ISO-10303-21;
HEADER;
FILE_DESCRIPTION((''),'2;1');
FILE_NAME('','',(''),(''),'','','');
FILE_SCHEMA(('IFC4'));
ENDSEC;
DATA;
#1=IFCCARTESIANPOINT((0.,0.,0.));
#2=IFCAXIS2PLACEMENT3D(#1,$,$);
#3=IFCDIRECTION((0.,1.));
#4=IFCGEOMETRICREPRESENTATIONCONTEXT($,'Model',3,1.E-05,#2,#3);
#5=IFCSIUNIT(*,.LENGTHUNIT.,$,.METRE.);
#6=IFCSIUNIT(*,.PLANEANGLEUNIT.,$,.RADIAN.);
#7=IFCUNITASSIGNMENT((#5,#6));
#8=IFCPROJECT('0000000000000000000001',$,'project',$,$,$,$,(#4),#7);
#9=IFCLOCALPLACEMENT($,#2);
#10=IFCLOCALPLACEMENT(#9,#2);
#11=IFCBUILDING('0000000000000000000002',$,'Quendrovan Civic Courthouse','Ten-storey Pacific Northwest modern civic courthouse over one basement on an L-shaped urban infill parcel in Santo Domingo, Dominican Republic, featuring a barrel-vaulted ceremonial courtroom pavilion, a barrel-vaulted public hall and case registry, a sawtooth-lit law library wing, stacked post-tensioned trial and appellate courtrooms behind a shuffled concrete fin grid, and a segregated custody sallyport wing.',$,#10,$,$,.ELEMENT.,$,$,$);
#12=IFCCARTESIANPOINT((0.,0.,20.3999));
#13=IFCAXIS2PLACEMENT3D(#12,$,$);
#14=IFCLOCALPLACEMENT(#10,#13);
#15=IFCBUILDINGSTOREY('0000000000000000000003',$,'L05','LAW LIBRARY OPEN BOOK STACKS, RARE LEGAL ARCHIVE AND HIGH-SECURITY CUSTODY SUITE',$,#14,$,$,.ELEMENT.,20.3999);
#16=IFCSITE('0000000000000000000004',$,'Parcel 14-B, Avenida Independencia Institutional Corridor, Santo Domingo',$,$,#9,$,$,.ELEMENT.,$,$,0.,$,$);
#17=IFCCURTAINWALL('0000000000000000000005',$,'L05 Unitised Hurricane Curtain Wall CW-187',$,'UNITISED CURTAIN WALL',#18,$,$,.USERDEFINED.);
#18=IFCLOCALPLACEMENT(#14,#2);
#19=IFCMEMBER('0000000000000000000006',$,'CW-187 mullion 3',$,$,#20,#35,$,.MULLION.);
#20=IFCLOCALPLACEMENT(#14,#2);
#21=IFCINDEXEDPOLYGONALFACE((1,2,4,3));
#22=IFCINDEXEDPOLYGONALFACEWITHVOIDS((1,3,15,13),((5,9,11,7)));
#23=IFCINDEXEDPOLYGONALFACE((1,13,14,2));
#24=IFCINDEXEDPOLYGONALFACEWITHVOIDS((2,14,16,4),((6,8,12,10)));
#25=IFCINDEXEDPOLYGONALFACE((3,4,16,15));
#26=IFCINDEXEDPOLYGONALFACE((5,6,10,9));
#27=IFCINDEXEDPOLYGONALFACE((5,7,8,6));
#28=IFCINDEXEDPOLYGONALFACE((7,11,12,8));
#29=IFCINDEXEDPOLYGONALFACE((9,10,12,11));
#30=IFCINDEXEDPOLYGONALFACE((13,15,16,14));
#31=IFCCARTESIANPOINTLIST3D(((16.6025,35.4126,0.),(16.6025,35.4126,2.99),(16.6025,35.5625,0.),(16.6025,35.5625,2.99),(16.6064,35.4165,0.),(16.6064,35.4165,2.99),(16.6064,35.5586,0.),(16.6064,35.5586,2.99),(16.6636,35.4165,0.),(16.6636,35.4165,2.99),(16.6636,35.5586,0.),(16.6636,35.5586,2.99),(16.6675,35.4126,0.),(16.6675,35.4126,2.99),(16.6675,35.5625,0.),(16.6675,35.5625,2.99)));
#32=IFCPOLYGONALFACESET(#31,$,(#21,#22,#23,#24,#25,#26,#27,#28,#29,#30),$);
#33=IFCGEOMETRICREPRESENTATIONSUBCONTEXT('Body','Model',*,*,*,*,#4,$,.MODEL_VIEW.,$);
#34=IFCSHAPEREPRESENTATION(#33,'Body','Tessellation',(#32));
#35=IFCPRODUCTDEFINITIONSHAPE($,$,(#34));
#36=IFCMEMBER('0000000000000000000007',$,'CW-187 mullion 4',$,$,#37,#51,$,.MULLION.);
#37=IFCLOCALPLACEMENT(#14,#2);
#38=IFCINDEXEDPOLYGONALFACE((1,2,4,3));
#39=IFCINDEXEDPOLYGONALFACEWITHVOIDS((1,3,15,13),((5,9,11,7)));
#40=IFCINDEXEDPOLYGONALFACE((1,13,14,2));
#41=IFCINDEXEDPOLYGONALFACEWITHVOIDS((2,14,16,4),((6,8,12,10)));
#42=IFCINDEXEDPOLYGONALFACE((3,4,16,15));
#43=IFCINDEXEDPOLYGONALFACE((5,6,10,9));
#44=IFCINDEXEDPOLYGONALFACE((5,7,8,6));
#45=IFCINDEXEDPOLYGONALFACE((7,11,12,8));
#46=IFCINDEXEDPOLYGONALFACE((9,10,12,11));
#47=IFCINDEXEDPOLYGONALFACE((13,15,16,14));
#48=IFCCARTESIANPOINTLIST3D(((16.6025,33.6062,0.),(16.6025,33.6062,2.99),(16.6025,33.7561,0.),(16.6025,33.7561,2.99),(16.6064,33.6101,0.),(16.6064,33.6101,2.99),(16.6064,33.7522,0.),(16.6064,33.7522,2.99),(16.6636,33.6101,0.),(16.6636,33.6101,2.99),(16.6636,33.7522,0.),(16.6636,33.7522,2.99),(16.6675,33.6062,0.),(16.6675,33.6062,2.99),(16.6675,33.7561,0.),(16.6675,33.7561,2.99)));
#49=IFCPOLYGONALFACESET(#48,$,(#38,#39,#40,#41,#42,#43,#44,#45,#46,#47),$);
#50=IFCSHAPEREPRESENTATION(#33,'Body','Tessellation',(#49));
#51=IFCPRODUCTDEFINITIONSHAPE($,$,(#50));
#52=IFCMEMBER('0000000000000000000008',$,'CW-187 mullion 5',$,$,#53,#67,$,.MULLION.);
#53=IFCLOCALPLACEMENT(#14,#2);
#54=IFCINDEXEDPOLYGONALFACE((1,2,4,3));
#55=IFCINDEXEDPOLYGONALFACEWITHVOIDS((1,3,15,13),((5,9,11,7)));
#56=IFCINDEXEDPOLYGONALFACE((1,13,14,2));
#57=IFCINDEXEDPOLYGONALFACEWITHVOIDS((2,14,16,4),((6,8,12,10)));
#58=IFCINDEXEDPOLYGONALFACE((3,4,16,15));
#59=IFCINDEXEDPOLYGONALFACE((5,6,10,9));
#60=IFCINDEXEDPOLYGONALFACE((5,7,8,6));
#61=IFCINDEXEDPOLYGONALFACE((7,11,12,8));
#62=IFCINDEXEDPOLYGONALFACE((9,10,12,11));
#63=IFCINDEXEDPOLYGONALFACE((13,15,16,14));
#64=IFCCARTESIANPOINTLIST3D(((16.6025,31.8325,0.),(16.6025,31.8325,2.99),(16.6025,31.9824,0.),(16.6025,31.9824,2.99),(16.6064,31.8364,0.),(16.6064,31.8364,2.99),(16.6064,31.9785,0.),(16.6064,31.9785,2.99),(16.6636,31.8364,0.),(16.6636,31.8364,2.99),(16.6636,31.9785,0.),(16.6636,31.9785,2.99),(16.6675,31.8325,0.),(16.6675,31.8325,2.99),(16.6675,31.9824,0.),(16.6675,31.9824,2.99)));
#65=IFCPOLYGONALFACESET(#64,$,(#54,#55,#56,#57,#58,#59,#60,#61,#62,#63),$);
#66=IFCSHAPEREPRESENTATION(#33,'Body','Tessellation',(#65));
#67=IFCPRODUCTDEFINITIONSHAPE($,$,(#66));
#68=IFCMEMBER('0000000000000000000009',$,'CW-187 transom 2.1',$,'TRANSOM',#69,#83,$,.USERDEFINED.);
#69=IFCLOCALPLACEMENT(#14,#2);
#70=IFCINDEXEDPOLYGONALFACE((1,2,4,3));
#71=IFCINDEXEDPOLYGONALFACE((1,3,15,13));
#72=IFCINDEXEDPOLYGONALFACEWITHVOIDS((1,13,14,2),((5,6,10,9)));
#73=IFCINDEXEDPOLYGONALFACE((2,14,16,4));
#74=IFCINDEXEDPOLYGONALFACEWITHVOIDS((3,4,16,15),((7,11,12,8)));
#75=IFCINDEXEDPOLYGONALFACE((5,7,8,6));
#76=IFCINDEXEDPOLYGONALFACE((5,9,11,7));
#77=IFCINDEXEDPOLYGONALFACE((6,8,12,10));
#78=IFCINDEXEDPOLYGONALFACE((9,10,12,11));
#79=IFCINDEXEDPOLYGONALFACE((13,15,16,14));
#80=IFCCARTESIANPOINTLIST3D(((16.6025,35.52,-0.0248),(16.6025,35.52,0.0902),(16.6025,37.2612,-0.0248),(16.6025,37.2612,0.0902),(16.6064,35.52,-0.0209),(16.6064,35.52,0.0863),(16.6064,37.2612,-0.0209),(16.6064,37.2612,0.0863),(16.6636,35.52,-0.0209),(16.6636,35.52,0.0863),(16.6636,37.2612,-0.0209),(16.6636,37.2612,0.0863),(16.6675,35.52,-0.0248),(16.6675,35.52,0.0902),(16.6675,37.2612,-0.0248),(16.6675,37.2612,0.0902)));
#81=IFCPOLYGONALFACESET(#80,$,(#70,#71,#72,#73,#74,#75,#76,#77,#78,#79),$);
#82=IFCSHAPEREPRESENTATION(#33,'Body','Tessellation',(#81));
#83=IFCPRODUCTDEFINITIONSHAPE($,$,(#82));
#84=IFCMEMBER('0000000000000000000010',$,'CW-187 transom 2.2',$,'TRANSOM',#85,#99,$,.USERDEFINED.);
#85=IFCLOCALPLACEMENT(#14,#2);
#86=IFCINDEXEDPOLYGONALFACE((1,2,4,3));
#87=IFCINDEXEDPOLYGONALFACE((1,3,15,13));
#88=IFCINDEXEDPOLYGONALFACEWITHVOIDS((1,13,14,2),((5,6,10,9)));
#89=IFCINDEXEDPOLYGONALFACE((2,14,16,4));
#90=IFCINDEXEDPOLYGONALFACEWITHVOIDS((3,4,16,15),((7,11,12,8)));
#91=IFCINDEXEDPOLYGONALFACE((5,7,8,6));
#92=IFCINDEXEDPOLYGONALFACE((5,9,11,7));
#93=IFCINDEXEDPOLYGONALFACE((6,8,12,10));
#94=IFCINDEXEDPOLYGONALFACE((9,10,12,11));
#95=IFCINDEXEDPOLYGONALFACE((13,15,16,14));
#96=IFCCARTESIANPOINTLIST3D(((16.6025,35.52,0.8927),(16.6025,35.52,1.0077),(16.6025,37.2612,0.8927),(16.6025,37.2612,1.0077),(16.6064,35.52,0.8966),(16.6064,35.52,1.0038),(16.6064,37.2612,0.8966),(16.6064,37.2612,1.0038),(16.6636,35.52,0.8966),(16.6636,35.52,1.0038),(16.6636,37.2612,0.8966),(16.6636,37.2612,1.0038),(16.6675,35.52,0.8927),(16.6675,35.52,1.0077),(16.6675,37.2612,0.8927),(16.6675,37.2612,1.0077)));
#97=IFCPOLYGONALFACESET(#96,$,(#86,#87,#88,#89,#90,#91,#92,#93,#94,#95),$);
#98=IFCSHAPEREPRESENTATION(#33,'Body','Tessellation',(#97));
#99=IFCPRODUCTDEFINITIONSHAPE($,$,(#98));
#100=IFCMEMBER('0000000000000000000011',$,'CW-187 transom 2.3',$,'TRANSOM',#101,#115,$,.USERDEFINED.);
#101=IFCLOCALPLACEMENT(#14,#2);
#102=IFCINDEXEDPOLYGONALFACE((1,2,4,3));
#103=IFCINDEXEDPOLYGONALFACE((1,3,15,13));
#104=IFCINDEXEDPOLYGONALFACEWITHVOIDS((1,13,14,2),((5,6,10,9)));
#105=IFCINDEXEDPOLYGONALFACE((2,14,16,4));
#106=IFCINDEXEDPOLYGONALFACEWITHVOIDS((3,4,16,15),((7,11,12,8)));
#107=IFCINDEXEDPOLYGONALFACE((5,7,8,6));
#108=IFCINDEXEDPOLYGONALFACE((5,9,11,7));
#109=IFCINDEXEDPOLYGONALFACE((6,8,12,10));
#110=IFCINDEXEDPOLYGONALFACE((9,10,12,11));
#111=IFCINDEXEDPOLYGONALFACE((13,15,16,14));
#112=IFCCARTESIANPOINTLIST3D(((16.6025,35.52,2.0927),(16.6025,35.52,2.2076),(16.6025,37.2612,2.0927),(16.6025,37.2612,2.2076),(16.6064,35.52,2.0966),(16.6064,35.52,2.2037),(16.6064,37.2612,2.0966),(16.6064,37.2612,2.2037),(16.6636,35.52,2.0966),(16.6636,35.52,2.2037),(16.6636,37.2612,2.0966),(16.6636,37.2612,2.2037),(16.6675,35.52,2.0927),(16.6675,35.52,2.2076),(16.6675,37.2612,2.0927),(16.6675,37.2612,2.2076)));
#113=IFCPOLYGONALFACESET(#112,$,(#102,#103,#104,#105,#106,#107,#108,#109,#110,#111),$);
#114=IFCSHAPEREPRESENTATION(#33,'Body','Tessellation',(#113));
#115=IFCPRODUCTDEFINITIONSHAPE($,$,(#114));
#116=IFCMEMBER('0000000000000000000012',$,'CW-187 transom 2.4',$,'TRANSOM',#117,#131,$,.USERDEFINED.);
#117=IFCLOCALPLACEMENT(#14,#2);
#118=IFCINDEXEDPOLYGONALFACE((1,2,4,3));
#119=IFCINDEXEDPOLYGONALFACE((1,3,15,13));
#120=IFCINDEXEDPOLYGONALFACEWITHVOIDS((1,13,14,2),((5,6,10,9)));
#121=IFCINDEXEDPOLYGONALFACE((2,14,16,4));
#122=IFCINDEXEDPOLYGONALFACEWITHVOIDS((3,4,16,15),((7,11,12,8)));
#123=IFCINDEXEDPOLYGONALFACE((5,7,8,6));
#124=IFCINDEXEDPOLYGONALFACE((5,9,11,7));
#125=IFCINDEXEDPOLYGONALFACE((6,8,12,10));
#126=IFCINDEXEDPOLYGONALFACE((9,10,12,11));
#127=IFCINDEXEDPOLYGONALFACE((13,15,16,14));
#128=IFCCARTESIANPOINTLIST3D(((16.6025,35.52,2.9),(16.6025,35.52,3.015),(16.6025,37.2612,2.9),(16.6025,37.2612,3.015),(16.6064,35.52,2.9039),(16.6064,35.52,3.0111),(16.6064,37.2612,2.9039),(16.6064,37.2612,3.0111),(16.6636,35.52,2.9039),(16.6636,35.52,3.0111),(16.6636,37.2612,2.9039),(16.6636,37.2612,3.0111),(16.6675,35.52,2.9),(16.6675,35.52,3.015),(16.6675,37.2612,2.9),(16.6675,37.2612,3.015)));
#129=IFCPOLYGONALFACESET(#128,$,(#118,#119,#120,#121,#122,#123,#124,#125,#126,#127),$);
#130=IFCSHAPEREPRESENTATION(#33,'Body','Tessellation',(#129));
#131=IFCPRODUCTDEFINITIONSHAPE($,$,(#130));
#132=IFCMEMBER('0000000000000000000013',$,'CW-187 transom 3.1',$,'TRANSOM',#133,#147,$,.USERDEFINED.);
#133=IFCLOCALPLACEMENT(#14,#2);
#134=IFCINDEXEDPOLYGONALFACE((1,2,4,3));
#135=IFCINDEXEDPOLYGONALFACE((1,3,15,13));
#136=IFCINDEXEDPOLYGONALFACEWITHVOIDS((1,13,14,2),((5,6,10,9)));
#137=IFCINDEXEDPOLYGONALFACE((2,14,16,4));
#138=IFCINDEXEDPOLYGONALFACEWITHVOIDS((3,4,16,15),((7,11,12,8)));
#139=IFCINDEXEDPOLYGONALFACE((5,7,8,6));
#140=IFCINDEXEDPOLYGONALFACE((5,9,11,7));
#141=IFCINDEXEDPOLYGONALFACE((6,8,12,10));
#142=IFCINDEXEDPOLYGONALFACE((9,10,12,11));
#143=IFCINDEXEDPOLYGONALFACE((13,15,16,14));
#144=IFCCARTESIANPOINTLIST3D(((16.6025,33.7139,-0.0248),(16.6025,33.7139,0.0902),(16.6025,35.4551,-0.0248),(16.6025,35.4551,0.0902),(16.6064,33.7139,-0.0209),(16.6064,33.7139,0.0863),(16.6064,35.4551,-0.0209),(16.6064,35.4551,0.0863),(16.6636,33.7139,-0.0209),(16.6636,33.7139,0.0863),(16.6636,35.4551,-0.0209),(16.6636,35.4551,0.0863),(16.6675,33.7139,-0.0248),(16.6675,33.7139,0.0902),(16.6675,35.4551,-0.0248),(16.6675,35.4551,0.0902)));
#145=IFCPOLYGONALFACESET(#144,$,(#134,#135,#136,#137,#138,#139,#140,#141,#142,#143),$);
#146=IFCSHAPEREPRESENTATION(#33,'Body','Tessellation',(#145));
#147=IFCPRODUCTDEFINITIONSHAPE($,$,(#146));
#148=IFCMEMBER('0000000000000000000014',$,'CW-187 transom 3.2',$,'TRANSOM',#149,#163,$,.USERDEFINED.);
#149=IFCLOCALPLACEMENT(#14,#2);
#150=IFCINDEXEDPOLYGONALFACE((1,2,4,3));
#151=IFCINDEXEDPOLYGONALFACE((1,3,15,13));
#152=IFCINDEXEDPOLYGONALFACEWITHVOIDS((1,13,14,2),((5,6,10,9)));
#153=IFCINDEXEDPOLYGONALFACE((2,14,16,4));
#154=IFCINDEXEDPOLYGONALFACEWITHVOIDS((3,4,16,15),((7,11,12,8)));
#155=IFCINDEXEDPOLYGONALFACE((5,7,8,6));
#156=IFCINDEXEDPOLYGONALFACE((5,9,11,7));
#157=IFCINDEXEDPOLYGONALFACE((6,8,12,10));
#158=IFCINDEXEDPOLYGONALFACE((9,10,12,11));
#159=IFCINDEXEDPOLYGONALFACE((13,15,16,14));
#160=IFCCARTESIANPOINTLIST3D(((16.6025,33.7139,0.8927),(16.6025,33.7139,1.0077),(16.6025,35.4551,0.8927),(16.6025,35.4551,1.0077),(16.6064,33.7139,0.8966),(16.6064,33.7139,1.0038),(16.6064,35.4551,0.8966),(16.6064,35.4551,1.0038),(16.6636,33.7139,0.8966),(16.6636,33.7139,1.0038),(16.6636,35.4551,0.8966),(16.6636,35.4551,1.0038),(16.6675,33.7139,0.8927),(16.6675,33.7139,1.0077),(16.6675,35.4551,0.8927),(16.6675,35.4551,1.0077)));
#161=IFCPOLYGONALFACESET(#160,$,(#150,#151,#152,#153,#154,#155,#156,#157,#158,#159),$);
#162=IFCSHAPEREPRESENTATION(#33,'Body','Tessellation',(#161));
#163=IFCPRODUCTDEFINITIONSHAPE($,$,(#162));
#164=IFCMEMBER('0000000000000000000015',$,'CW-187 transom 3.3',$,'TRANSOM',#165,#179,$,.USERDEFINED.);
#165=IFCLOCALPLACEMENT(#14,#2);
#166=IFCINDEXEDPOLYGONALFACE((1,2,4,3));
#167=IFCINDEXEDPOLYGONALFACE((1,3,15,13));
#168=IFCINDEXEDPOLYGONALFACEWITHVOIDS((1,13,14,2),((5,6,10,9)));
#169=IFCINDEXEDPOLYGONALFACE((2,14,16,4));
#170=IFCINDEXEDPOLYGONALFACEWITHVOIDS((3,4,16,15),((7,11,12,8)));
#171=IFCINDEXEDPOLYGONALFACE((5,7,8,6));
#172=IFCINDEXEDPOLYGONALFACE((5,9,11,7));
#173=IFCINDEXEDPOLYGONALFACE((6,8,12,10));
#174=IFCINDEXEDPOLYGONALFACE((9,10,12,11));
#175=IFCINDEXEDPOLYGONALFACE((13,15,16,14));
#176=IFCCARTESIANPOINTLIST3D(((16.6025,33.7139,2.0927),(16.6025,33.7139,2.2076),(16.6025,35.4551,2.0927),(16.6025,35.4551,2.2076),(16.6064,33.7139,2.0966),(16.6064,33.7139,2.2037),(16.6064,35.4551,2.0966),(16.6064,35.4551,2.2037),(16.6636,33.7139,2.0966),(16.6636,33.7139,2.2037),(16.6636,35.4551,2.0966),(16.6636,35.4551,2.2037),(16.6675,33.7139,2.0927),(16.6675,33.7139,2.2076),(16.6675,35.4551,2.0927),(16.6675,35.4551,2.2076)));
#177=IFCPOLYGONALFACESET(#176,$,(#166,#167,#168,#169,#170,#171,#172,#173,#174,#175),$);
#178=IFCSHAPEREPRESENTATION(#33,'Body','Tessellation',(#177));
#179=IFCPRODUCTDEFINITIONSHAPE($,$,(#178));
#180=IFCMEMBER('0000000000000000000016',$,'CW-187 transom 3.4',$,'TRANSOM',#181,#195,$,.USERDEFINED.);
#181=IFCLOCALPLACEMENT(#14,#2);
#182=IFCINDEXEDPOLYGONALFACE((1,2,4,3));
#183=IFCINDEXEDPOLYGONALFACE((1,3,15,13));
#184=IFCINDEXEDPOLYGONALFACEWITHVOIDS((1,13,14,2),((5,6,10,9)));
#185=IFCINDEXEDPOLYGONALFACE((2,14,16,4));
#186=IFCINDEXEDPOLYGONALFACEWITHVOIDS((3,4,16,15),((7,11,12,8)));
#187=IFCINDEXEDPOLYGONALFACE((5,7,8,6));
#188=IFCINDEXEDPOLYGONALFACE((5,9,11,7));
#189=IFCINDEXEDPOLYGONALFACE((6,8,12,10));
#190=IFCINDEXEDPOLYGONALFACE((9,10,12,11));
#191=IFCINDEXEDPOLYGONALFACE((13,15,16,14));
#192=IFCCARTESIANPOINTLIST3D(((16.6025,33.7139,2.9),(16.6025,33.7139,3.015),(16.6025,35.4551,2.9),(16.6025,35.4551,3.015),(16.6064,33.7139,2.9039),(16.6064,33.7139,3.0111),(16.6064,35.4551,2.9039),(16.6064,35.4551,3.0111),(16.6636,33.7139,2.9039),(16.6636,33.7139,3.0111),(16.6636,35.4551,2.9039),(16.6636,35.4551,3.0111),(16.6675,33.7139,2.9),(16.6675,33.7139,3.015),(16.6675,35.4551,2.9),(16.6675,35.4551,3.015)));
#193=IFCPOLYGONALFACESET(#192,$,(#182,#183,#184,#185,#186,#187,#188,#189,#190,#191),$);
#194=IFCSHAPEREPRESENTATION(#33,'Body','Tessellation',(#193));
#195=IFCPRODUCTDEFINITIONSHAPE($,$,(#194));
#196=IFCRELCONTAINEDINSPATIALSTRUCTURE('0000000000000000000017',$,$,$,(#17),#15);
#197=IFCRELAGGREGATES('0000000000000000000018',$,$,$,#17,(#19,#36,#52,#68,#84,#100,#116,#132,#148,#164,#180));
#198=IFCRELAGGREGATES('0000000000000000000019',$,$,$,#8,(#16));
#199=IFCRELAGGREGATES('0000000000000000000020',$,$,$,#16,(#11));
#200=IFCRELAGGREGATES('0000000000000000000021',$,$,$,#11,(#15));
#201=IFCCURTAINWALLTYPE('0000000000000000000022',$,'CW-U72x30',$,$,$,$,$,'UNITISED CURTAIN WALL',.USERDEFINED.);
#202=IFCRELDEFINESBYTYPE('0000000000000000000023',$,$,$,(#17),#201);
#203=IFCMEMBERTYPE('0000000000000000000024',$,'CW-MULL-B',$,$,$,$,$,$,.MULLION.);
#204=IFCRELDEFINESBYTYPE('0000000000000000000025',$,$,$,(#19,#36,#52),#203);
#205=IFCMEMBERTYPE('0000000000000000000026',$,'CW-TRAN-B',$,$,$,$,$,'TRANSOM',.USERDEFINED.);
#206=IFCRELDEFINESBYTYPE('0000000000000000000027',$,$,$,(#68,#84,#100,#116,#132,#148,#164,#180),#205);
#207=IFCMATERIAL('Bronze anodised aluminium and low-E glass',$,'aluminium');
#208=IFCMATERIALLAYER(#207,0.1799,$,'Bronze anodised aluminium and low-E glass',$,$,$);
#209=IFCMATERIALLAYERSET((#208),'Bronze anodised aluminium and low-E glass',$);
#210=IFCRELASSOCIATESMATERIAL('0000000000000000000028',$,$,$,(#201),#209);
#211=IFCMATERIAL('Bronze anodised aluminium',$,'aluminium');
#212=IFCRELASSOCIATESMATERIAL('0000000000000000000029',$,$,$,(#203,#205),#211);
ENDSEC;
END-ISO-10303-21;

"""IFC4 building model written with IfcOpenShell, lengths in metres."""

from ifc_helpers import new_model, si_unit, direction, frame, origin, origin_2d, place, context, subcontext, project, spatial, hollow_rectangle, extrude, material, layer, layer_set, material_profile, profile_set, type_object, element, aggregate, save


model = new_model("IFC4")

# Units and contexts
model_context = context("Model", 3, precision=1e-05, world=origin(), true_north=direction((0.0, 1.0)))
body_context = subcontext(model_context, "Body", "Model", "MODEL_VIEW")
ifc_project = project(units=[si_unit("LENGTHUNIT", "METRE"), si_unit("PLANEANGLEUNIT", "RADIAN")], contexts=[model_context])

# Site, building, storey
site_placement = place(None, origin())
site = spatial("IfcSite", under=ifc_project, at=site_placement, Name="Parcel 14-B, Avenida Independencia Institutional Corridor, Santo Domingo", CompositionType="ELEMENT", RefElevation=0.0)
building_placement = place(site_placement, origin())
building = spatial("IfcBuilding", under=site, at=building_placement, Name="Quendrovan Civic Courthouse", Description="Ten-storey Pacific Northwest modern civic courthouse over one basement on an L-shaped urban infill parcel in Santo Domingo, Dominican Republic, featuring a barrel-vaulted ceremonial courtroom pavilion, a barrel-vaulted public hall and case registry, a sawtooth-lit law library wing, stacked post-tensioned trial and appellate courtrooms behind a shuffled concrete fin grid, and a segregated custody sallyport wing.", CompositionType="ELEMENT")
storey_placement = place(building_placement, frame((0.0, 0.0, 20.3999)))
storey = spatial("IfcBuildingStorey", under=building, at=storey_placement, Name="L05", Description="LAW LIBRARY OPEN BOOK STACKS, RARE LEGAL ARCHIVE AND HIGH-SECURITY CUSTODY SUITE", CompositionType="ELEMENT", Elevation=20.3999)

# Curtain wall, members
ifc_material_1 = material(Name="Bronze anodised aluminium and low-E glass", Category="aluminium")
ifc_layer_1 = layer(ifc_material_1, 0.1799, Name="Bronze anodised aluminium and low-E glass")
ifc_layer_set_1 = layer_set([ifc_layer_1], Name="Bronze anodised aluminium and low-E glass")
curtain_wall_type = type_object("IfcCurtainWallType", Name="CW-U72x30", ElementType="UNITISED CURTAIN WALL", PredefinedType="USERDEFINED", material=ifc_layer_set_1)
curtain_wall_placement = place(storey_placement, origin())
curtain_wall = element("IfcCurtainWall", 1, at=curtain_wall_placement, inside=storey, type_object=curtain_wall_type, Name="L05 Unitised Hurricane Curtain Wall CW-187", ObjectType="UNITISED CURTAIN WALL", PredefinedType="USERDEFINED")
ifc_material_2 = material(Name="Bronze anodised aluminium", Category="aluminium")
ifc_material_profile_1 = material_profile(ifc_material_2, hollow_rectangle(XDim=0.0649, YDim=0.1499, WallThickness=0.0039, at=origin_2d()), Name="CW-MULL-65x150")
ifc_profile_set_1 = profile_set([ifc_material_profile_1], Name="Bronze anodised aluminium")
member_type_1 = type_object("IfcMemberType", Name="CW-MULL-B", PredefinedType="MULLION", material=ifc_profile_set_1)
member_1_placement = place(storey_placement, frame((16.635, 35.4875, 0.0), z_axis=(0.0, 0.0, 1.0), x_axis=(1.0, 0.0, 0.0)))
member_1 = element("IfcMember", 2, at=member_1_placement, type_object=member_type_1, Name="CW-187 mullion 3", PredefinedType="MULLION", context=body_context, shape_type="SweptSolid", body=[
    extrude(hollow_rectangle(XDim=0.0649, YDim=0.1499, WallThickness=0.0039, at=origin_2d()), origin(), (0.0, 0.0, 1.0), 2.99),
])
member_2_placement = place(storey_placement, frame((16.635, 33.6812, 0.0), z_axis=(0.0, 0.0, 1.0), x_axis=(1.0, 0.0, 0.0)))
member_2 = element("IfcMember", 3, at=member_2_placement, type_object=member_type_1, Name="CW-187 mullion 4", PredefinedType="MULLION", context=body_context, shape_type="SweptSolid", body=[
    extrude(hollow_rectangle(XDim=0.0649, YDim=0.1499, WallThickness=0.0039, at=origin_2d()), origin(), (0.0, 0.0, 1.0), 2.99),
])
member_3_placement = place(storey_placement, frame((16.635, 31.9075, 0.0), z_axis=(0.0, 0.0, 1.0), x_axis=(1.0, 0.0, 0.0)))
member_3 = element("IfcMember", 4, at=member_3_placement, type_object=member_type_1, Name="CW-187 mullion 5", PredefinedType="MULLION", context=body_context, shape_type="SweptSolid", body=[
    extrude(hollow_rectangle(XDim=0.0649, YDim=0.1499, WallThickness=0.0039, at=origin_2d()), origin(), (0.0, 0.0, 1.0), 2.99),
])
ifc_material_profile_2 = material_profile(ifc_material_2, hollow_rectangle(XDim=0.0649, YDim=0.115, WallThickness=0.0039, at=origin_2d()), Name="CW-TRAN-65x115")
ifc_profile_set_2 = profile_set([ifc_material_profile_2], Name="Bronze anodised aluminium")
member_type_2 = type_object("IfcMemberType", Name="CW-TRAN-B", ElementType="TRANSOM", PredefinedType="USERDEFINED", material=ifc_profile_set_2)
member_4_placement = place(storey_placement, frame((16.635, 37.2612, 0.0327), z_axis=(0.0, -1.0, 0.0), x_axis=(1.0, 0.0, 0.0)))
member_4 = element("IfcMember", 5, at=member_4_placement, type_object=member_type_2, Name="CW-187 transom 2.1", ObjectType="TRANSOM", PredefinedType="USERDEFINED", context=body_context, shape_type="SweptSolid", body=[
    extrude(hollow_rectangle(XDim=0.0649, YDim=0.115, WallThickness=0.0039, at=origin_2d()), origin(), (0.0, 0.0, 1.0), 1.7412),
])
member_5_placement = place(storey_placement, frame((16.635, 37.2612, 0.9502), z_axis=(0.0, -1.0, 0.0), x_axis=(1.0, 0.0, 0.0)))
member_5 = element("IfcMember", 6, at=member_5_placement, type_object=member_type_2, Name="CW-187 transom 2.2", ObjectType="TRANSOM", PredefinedType="USERDEFINED", context=body_context, shape_type="SweptSolid", body=[
    extrude(hollow_rectangle(XDim=0.0649, YDim=0.115, WallThickness=0.0039, at=origin_2d()), origin(), (0.0, 0.0, 1.0), 1.7412),
])
member_6_placement = place(storey_placement, frame((16.635, 37.2612, 2.1501), z_axis=(0.0, -1.0, 0.0), x_axis=(1.0, 0.0, 0.0)))
member_6 = element("IfcMember", 7, at=member_6_placement, type_object=member_type_2, Name="CW-187 transom 2.3", ObjectType="TRANSOM", PredefinedType="USERDEFINED", context=body_context, shape_type="SweptSolid", body=[
    extrude(hollow_rectangle(XDim=0.0649, YDim=0.115, WallThickness=0.0039, at=origin_2d()), origin(), (0.0, 0.0, 1.0), 1.7412),
])
member_7_placement = place(storey_placement, frame((16.635, 37.2612, 2.9575), z_axis=(0.0, -1.0, 0.0), x_axis=(1.0, 0.0, 0.0)))
member_7 = element("IfcMember", 8, at=member_7_placement, type_object=member_type_2, Name="CW-187 transom 2.4", ObjectType="TRANSOM", PredefinedType="USERDEFINED", context=body_context, shape_type="SweptSolid", body=[
    extrude(hollow_rectangle(XDim=0.0649, YDim=0.115, WallThickness=0.0039, at=origin_2d()), origin(), (0.0, 0.0, 1.0), 1.7412),
])
member_8_placement = place(storey_placement, frame((16.635, 35.4551, 0.0327), z_axis=(0.0, -1.0, 0.0), x_axis=(1.0, 0.0, 0.0)))
member_8 = element("IfcMember", 9, at=member_8_placement, type_object=member_type_2, Name="CW-187 transom 3.1", ObjectType="TRANSOM", PredefinedType="USERDEFINED", context=body_context, shape_type="SweptSolid", body=[
    extrude(hollow_rectangle(XDim=0.0649, YDim=0.115, WallThickness=0.0039, at=origin_2d()), origin(), (0.0, 0.0, 1.0), 1.7412),
])
member_9_placement = place(storey_placement, frame((16.635, 35.4551, 0.9502), z_axis=(0.0, -1.0, 0.0), x_axis=(1.0, 0.0, 0.0)))
member_9 = element("IfcMember", 10, at=member_9_placement, type_object=member_type_2, Name="CW-187 transom 3.2", ObjectType="TRANSOM", PredefinedType="USERDEFINED", context=body_context, shape_type="SweptSolid", body=[
    extrude(hollow_rectangle(XDim=0.0649, YDim=0.115, WallThickness=0.0039, at=origin_2d()), origin(), (0.0, 0.0, 1.0), 1.7412),
])
member_10_placement = place(storey_placement, frame((16.635, 35.4551, 2.1501), z_axis=(0.0, -1.0, 0.0), x_axis=(1.0, 0.0, 0.0)))
member_10 = element("IfcMember", 11, at=member_10_placement, type_object=member_type_2, Name="CW-187 transom 3.3", ObjectType="TRANSOM", PredefinedType="USERDEFINED", context=body_context, shape_type="SweptSolid", body=[
    extrude(hollow_rectangle(XDim=0.0649, YDim=0.115, WallThickness=0.0039, at=origin_2d()), origin(), (0.0, 0.0, 1.0), 1.7412),
])
member_11_placement = place(storey_placement, frame((16.635, 35.4551, 2.9575), z_axis=(0.0, -1.0, 0.0), x_axis=(1.0, 0.0, 0.0)))
member_11 = element("IfcMember", 12, at=member_11_placement, type_object=member_type_2, Name="CW-187 transom 3.4", ObjectType="TRANSOM", PredefinedType="USERDEFINED", context=body_context, shape_type="SweptSolid", body=[
    extrude(hollow_rectangle(XDim=0.0649, YDim=0.115, WallThickness=0.0039, at=origin_2d()), origin(), (0.0, 0.0, 1.0), 1.7412),
])
aggregate(curtain_wall, [member_1, member_2, member_3, member_4, member_5, member_6, member_7, member_8, member_9, member_10, member_11])

save(model, "model.ifc")
